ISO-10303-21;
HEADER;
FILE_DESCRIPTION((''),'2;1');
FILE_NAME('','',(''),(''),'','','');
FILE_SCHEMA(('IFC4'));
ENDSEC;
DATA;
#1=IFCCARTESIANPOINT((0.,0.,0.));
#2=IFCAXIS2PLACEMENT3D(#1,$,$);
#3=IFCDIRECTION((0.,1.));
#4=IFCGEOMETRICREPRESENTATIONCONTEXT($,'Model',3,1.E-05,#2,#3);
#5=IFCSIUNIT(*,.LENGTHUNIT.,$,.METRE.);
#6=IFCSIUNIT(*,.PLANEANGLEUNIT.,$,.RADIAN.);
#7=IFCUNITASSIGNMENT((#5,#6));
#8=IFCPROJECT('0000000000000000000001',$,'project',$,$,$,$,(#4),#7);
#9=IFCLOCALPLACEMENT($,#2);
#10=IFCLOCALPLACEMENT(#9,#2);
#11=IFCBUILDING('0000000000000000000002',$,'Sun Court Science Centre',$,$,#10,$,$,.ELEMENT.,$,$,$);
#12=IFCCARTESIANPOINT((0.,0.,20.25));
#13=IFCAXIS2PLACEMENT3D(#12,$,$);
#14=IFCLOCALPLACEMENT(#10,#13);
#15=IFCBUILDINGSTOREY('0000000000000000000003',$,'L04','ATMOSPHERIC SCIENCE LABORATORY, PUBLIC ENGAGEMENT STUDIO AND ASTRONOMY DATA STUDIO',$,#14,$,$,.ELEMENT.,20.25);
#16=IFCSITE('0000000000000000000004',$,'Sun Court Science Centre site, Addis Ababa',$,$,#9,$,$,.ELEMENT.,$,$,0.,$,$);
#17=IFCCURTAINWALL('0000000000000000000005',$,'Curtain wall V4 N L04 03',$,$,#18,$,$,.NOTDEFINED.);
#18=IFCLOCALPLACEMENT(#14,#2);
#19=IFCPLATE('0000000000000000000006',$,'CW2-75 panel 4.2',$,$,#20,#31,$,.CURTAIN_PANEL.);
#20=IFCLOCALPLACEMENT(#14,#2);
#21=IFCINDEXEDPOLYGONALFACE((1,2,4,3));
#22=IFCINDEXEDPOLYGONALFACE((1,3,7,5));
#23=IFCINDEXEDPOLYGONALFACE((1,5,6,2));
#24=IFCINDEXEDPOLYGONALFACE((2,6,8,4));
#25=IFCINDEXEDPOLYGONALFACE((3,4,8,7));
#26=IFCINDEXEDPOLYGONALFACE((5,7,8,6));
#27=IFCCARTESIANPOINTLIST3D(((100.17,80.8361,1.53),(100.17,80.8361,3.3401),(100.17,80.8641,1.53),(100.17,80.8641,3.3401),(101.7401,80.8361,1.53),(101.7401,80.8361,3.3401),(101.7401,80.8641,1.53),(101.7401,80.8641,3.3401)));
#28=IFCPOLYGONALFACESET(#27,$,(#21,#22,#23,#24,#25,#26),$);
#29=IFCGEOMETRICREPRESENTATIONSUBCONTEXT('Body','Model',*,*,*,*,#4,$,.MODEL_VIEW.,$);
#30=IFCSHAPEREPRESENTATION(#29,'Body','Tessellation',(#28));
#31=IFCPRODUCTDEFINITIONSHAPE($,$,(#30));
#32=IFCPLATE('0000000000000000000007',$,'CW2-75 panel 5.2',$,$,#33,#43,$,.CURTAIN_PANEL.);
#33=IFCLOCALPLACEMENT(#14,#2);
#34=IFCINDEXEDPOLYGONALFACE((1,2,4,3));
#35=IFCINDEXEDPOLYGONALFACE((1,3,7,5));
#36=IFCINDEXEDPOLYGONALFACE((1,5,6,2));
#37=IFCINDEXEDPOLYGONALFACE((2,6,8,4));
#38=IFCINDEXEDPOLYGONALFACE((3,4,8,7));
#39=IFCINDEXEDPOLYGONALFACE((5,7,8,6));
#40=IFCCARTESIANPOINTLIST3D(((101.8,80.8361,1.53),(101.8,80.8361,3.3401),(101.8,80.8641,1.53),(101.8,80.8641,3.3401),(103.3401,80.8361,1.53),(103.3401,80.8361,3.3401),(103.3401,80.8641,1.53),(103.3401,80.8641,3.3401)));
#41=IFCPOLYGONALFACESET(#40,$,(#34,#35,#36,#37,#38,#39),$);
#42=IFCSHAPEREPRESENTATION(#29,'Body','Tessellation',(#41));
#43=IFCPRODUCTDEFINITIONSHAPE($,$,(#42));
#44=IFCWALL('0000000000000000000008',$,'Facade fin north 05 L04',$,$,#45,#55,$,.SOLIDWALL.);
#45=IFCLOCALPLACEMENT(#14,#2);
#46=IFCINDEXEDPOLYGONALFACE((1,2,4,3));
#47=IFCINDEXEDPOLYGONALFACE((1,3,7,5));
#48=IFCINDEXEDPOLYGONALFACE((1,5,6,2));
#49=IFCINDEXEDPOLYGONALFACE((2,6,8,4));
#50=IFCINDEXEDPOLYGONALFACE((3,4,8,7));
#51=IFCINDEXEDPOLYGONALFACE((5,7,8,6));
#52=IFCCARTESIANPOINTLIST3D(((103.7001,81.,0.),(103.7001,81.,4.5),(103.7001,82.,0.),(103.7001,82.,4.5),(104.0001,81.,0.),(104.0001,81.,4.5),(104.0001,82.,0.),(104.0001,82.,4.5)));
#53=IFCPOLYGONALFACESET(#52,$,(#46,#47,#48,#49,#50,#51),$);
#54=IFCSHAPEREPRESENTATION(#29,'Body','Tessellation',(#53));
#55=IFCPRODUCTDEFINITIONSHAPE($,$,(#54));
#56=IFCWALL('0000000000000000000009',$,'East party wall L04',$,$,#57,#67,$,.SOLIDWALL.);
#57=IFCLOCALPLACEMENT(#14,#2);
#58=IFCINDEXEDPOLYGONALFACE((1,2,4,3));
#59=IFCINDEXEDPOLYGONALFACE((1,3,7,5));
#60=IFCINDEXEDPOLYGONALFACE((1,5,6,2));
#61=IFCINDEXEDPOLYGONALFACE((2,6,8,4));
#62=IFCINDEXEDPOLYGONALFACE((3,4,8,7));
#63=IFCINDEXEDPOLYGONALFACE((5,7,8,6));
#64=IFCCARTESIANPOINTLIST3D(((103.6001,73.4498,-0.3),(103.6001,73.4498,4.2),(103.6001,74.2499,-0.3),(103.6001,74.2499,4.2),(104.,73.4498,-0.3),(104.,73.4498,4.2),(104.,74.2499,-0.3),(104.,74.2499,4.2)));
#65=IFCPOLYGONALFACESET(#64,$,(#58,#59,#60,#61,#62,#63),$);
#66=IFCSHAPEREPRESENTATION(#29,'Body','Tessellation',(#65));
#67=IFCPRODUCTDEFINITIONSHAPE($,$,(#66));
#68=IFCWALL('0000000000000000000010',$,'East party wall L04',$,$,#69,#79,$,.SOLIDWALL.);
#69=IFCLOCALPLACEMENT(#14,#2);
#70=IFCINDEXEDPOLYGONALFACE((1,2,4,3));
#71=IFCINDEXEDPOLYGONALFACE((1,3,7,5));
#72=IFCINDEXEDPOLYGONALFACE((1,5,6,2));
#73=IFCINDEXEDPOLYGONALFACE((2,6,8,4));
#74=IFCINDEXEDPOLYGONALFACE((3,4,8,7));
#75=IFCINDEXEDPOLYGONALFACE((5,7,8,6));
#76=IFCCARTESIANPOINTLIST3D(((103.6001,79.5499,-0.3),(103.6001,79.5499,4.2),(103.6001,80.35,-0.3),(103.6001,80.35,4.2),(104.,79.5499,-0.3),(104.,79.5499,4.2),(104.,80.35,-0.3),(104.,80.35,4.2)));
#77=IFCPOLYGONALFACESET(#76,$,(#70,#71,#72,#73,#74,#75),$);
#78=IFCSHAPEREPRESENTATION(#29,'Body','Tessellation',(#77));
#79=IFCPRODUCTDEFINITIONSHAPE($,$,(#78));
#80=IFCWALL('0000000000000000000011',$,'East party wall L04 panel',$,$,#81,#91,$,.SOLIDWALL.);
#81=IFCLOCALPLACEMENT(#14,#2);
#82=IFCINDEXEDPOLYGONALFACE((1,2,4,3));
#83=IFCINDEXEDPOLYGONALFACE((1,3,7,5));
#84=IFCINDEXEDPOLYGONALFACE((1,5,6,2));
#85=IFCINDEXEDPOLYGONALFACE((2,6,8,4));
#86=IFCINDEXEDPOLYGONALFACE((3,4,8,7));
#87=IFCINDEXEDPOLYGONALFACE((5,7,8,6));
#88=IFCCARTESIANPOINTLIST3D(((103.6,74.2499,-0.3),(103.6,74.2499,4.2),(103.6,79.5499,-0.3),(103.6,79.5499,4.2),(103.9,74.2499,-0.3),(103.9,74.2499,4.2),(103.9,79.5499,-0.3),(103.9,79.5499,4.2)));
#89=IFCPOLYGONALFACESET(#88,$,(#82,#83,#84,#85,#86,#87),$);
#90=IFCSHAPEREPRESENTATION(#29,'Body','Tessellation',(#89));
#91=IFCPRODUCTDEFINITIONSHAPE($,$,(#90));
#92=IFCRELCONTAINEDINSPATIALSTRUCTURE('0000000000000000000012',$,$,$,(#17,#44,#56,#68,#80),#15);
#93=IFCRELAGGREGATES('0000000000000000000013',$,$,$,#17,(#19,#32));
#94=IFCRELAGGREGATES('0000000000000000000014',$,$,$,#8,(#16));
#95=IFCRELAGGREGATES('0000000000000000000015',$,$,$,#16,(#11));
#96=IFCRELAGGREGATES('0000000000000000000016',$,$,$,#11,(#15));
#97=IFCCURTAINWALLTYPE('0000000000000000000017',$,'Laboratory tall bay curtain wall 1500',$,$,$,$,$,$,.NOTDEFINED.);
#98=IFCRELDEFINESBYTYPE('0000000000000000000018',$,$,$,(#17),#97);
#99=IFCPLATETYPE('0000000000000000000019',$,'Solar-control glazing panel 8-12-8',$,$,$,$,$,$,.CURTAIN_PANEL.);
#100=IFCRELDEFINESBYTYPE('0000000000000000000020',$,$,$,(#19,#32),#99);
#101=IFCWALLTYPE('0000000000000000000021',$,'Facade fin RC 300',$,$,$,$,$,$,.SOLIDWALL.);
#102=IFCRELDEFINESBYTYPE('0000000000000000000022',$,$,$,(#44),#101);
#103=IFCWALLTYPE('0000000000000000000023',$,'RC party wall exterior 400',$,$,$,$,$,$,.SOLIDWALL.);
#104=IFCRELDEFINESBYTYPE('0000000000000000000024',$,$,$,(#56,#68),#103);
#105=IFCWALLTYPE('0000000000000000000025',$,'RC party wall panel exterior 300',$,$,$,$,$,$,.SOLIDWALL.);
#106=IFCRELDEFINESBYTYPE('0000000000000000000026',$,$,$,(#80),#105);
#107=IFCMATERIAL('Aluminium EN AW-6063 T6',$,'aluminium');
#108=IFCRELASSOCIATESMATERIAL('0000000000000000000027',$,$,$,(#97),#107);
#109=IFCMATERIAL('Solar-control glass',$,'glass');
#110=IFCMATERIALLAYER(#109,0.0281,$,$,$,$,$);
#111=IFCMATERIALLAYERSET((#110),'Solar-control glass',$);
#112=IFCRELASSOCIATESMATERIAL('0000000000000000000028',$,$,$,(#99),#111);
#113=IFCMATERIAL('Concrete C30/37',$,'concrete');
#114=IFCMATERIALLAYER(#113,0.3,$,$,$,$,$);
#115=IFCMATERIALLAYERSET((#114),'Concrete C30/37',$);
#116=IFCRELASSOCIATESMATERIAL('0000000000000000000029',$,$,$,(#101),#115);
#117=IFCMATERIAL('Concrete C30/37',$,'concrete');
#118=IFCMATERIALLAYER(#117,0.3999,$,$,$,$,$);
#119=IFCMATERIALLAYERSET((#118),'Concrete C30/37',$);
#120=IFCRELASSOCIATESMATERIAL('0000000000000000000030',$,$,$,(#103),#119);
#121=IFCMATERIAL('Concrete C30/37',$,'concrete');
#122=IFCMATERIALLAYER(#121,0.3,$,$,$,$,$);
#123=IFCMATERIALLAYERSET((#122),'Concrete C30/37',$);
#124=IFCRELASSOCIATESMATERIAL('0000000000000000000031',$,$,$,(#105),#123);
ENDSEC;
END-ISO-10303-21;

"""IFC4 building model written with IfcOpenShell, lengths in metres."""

from ifc_helpers import new_model, si_unit, direction, frame, frame_2d, origin, origin_2d, place, context, subcontext, project, spatial, rectangle, extrude, material, layer, layer_set, type_object, element, aggregate, save


model = new_model("IFC4")

# Units and contexts
model_context = context("Model", 3, precision=1e-05, world=origin(), true_north=direction((0.0, 1.0)))
body_context = subcontext(model_context, "Body", "Model", "MODEL_VIEW")
ifc_project = project(units=[si_unit("LENGTHUNIT", "METRE"), si_unit("PLANEANGLEUNIT", "RADIAN")], contexts=[model_context])

# Site, building, storey
site_placement = place(None, origin())
site = spatial("IfcSite", under=ifc_project, at=site_placement, Name="Sun Court Science Centre site, Addis Ababa", CompositionType="ELEMENT", RefElevation=0.0)
building_placement = place(site_placement, origin())
building = spatial("IfcBuilding", under=site, at=building_placement, Name="Sun Court Science Centre", CompositionType="ELEMENT")
storey_placement = place(building_placement, frame((0.0, 0.0, 20.25)))
storey = spatial("IfcBuildingStorey", under=building, at=storey_placement, Name="L04", Description="ATMOSPHERIC SCIENCE LABORATORY, PUBLIC ENGAGEMENT STUDIO AND ASTRONOMY DATA STUDIO", CompositionType="ELEMENT", Elevation=20.25)

# Curtain wall
ifc_material_1 = material(Name="Aluminium EN AW-6063 T6", Category="aluminium")
curtain_wall_type = type_object("IfcCurtainWallType", Name="Laboratory tall bay curtain wall 1500", PredefinedType="NOTDEFINED", material=ifc_material_1)
curtain_wall_placement = place(storey_placement, origin())
curtain_wall = element("IfcCurtainWall", 1, at=curtain_wall_placement, inside=storey, type_object=curtain_wall_type, Name="Curtain wall V4 N L04 03", PredefinedType="NOTDEFINED")

# Plates
ifc_material_2 = material(Name="Solar-control glass", Category="glass")
ifc_layer_1 = layer(ifc_material_2, 0.0281)
ifc_layer_set_1 = layer_set([ifc_layer_1], Name="Solar-control glass")
plate_type = type_object("IfcPlateType", Name="Solar-control glazing panel 8-12-8", PredefinedType="CURTAIN_PANEL", material=ifc_layer_set_1)
plate_1_placement = place(storey_placement, frame((100.9551, 80.8501, 1.53), z_axis=(0.0, 0.0, 1.0), x_axis=(1.0, 0.0, 0.0)))
plate_1 = element("IfcPlate", 2, at=plate_1_placement, type_object=plate_type, Name="CW2-75 panel 4.2", PredefinedType="CURTAIN_PANEL", context=body_context, shape_type="SweptSolid", body=[
    extrude(rectangle(XDim=1.5701, YDim=0.0281, at=origin_2d()), origin(), (0.0, 0.0, 1.0), 1.8101),
])
plate_2_placement = place(storey_placement, frame((102.5701, 80.8501, 1.53), z_axis=(0.0, 0.0, 1.0), x_axis=(1.0, 0.0, 0.0)))
plate_2 = element("IfcPlate", 3, at=plate_2_placement, type_object=plate_type, Name="CW2-75 panel 5.2", PredefinedType="CURTAIN_PANEL", context=body_context, shape_type="SweptSolid", body=[
    extrude(rectangle(XDim=1.54, YDim=0.0281, at=origin_2d()), origin(), (0.0, 0.0, 1.0), 1.8101),
])
aggregate(curtain_wall, [plate_1, plate_2])

# Walls
ifc_material_3 = material(Name="Concrete C30/37", Category="concrete")
ifc_layer_2 = layer(ifc_material_3, 0.3)
ifc_layer_set_2 = layer_set([ifc_layer_2], Name="Concrete C30/37")
wall_type_1 = type_object("IfcWallType", Name="Facade fin RC 300", PredefinedType="SOLIDWALL", material=ifc_layer_set_2)
wall_1_placement = place(storey_placement, frame((103.8501, 81.0, 0.0), z_axis=(0.0, 0.0, 1.0), x_axis=(0.0, 1.0, 0.0)))
element("IfcWall", 4, at=wall_1_placement, inside=storey, type_object=wall_type_1, Name="Facade fin north 05 L04", PredefinedType="SOLIDWALL", context=body_context, shape_type="SweptSolid", body=[
    extrude(rectangle(XDim=1.0, YDim=0.3, at=frame_2d((0.5, 0.0))), origin(), (0.0, 0.0, 1.0), 4.5),
])
ifc_material_4 = material(Name="Concrete C30/37", Category="concrete")
ifc_layer_3 = layer(ifc_material_4, 0.3999)
ifc_layer_set_3 = layer_set([ifc_layer_3], Name="Concrete C30/37")
wall_type_2 = type_object("IfcWallType", Name="RC party wall exterior 400", PredefinedType="SOLIDWALL", material=ifc_layer_set_3)
for number, where, z_axis, x_axis, name in (
    (5, (103.8, 73.45, -0.3), (0.0, 0.0, 1.0), (0.0, 1.0, 0.0), "East party wall L04"),
    (6, (103.8, 79.55, -0.3), (0.0, 0.0, 1.0), (0.0, 1.0, 0.0), "East party wall L04"),
):
    element("IfcWall", number, at=place(storey_placement, frame(where, z_axis=z_axis, x_axis=x_axis)), inside=storey, type_object=wall_type_2, Name=name, PredefinedType="SOLIDWALL", context=body_context, shape_type="SweptSolid", body=[
        extrude(rectangle(XDim=0.8, YDim=0.3999, at=frame_2d((0.3999, 0.0))), origin(), (0.0, 0.0, 1.0), 4.5),
    ])
ifc_material_5 = material(Name="Concrete C30/37", Category="concrete")
ifc_layer_4 = layer(ifc_material_5, 0.3)
ifc_layer_set_4 = layer_set([ifc_layer_4], Name="Concrete C30/37")
wall_type_3 = type_object("IfcWallType", Name="RC party wall panel exterior 300", PredefinedType="SOLIDWALL", material=ifc_layer_set_4)
wall_2_placement = place(storey_placement, frame((103.75, 74.25, -0.3), z_axis=(0.0, 0.0, 1.0), x_axis=(0.0, 1.0, 0.0)))
element("IfcWall", 7, at=wall_2_placement, inside=storey, type_object=wall_type_3, Name="East party wall L04 panel", PredefinedType="SOLIDWALL", context=body_context, shape_type="SweptSolid", body=[
    extrude(rectangle(XDim=5.3, YDim=0.3, at=frame_2d((2.6499, 0.0))), origin(), (0.0, 0.0, 1.0), 4.5),
])

save(model, "model.ifc")
